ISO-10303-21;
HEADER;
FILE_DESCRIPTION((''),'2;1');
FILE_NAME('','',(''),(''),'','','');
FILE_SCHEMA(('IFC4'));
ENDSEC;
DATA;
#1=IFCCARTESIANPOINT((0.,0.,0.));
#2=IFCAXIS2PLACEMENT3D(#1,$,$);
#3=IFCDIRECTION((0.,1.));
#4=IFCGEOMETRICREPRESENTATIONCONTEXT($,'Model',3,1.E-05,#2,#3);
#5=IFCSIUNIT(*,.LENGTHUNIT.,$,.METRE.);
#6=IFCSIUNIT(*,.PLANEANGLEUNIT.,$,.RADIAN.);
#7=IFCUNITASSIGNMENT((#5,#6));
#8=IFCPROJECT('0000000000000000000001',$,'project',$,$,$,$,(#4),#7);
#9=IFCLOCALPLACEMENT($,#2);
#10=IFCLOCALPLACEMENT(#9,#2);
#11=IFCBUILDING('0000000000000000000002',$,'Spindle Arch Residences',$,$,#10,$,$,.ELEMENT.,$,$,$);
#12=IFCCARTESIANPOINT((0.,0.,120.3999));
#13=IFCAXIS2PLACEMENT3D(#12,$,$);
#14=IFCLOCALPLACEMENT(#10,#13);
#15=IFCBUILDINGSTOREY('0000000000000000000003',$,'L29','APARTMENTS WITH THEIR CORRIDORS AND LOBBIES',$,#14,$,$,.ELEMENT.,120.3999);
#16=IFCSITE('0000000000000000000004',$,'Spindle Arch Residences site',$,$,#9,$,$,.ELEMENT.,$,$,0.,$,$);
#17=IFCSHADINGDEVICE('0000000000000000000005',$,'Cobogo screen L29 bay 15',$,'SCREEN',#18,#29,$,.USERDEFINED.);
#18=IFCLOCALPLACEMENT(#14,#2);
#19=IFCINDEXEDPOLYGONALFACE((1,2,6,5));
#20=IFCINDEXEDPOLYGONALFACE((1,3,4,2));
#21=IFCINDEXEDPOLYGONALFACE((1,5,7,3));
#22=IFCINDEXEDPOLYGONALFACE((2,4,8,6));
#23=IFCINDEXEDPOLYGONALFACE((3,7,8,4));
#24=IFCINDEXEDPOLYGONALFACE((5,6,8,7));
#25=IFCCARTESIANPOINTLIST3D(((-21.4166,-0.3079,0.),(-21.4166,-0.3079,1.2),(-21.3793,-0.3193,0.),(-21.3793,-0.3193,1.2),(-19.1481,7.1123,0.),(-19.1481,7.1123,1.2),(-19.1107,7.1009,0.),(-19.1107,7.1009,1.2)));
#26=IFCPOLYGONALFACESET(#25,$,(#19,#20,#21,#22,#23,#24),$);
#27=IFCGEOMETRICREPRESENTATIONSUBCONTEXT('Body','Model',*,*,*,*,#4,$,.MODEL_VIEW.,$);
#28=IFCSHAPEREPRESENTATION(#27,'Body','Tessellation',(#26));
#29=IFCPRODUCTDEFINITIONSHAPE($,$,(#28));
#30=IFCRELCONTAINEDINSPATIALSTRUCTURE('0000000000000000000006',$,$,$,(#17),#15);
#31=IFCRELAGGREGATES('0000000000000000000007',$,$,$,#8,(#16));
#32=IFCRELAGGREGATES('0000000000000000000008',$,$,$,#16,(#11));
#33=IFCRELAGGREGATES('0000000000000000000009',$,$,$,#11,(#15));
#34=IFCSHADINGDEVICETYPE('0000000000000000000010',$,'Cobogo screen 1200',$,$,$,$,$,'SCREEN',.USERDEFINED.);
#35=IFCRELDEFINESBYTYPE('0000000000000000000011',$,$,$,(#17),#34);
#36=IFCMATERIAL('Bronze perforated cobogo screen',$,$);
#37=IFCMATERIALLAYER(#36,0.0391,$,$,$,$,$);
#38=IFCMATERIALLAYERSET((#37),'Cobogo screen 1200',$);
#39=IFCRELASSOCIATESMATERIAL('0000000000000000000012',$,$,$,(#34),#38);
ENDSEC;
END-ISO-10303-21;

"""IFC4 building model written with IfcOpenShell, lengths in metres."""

from ifc_helpers import new_model, si_unit, direction, frame, origin, origin_2d, place, context, subcontext, project, spatial, rectangle, extrude, material, layer, layer_set, type_object, element, save


model = new_model("IFC4")

# Units and contexts
model_context = context("Model", 3, precision=1e-05, world=origin(), true_north=direction((0.0, 1.0)))
body_context = subcontext(model_context, "Body", "Model", "MODEL_VIEW")
ifc_project = project(units=[si_unit("LENGTHUNIT", "METRE"), si_unit("PLANEANGLEUNIT", "RADIAN")], contexts=[model_context])

# Site, building, storey
site_placement = place(None, origin())
site = spatial("IfcSite", under=ifc_project, at=site_placement, Name="Spindle Arch Residences site", CompositionType="ELEMENT", RefElevation=0.0)
building_placement = place(site_placement, origin())
building = spatial("IfcBuilding", under=site, at=building_placement, Name="Spindle Arch Residences", CompositionType="ELEMENT")
storey_placement = place(building_placement, frame((0.0, 0.0, 120.3999)))
storey = spatial("IfcBuildingStorey", under=building, at=storey_placement, Name="L29", Description="APARTMENTS WITH THEIR CORRIDORS AND LOBBIES", CompositionType="ELEMENT", Elevation=120.3999)

# Shading device
ifc_material_1 = material(Name="Bronze perforated cobogo screen")
ifc_layer_1 = layer(ifc_material_1, 0.0391)
ifc_layer_set_1 = layer_set([ifc_layer_1], Name="Cobogo screen 1200")
shading_device_type = type_object("IfcShadingDeviceType", Name="Cobogo screen 1200", ElementType="SCREEN", PredefinedType="USERDEFINED", material=ifc_layer_set_1)
shading_device_placement = place(storey_placement, frame((-20.2637, 3.3965, 0.0), z_axis=(0.0, 0.0, 1.0), x_axis=(-0.292372, -0.956305, 0.0)))
element("IfcShadingDevice", 1, at=shading_device_placement, inside=storey, type_object=shading_device_type, Name="Cobogo screen L29 bay 15", ObjectType="SCREEN", PredefinedType="USERDEFINED", context=body_context, shape_type="SweptSolid", body=[
    extrude(rectangle(XDim=7.7593, YDim=0.0391, at=origin_2d()), origin(), (0.0, 0.0, 1.0), 1.2),
])

save(model, "model.ifc")
